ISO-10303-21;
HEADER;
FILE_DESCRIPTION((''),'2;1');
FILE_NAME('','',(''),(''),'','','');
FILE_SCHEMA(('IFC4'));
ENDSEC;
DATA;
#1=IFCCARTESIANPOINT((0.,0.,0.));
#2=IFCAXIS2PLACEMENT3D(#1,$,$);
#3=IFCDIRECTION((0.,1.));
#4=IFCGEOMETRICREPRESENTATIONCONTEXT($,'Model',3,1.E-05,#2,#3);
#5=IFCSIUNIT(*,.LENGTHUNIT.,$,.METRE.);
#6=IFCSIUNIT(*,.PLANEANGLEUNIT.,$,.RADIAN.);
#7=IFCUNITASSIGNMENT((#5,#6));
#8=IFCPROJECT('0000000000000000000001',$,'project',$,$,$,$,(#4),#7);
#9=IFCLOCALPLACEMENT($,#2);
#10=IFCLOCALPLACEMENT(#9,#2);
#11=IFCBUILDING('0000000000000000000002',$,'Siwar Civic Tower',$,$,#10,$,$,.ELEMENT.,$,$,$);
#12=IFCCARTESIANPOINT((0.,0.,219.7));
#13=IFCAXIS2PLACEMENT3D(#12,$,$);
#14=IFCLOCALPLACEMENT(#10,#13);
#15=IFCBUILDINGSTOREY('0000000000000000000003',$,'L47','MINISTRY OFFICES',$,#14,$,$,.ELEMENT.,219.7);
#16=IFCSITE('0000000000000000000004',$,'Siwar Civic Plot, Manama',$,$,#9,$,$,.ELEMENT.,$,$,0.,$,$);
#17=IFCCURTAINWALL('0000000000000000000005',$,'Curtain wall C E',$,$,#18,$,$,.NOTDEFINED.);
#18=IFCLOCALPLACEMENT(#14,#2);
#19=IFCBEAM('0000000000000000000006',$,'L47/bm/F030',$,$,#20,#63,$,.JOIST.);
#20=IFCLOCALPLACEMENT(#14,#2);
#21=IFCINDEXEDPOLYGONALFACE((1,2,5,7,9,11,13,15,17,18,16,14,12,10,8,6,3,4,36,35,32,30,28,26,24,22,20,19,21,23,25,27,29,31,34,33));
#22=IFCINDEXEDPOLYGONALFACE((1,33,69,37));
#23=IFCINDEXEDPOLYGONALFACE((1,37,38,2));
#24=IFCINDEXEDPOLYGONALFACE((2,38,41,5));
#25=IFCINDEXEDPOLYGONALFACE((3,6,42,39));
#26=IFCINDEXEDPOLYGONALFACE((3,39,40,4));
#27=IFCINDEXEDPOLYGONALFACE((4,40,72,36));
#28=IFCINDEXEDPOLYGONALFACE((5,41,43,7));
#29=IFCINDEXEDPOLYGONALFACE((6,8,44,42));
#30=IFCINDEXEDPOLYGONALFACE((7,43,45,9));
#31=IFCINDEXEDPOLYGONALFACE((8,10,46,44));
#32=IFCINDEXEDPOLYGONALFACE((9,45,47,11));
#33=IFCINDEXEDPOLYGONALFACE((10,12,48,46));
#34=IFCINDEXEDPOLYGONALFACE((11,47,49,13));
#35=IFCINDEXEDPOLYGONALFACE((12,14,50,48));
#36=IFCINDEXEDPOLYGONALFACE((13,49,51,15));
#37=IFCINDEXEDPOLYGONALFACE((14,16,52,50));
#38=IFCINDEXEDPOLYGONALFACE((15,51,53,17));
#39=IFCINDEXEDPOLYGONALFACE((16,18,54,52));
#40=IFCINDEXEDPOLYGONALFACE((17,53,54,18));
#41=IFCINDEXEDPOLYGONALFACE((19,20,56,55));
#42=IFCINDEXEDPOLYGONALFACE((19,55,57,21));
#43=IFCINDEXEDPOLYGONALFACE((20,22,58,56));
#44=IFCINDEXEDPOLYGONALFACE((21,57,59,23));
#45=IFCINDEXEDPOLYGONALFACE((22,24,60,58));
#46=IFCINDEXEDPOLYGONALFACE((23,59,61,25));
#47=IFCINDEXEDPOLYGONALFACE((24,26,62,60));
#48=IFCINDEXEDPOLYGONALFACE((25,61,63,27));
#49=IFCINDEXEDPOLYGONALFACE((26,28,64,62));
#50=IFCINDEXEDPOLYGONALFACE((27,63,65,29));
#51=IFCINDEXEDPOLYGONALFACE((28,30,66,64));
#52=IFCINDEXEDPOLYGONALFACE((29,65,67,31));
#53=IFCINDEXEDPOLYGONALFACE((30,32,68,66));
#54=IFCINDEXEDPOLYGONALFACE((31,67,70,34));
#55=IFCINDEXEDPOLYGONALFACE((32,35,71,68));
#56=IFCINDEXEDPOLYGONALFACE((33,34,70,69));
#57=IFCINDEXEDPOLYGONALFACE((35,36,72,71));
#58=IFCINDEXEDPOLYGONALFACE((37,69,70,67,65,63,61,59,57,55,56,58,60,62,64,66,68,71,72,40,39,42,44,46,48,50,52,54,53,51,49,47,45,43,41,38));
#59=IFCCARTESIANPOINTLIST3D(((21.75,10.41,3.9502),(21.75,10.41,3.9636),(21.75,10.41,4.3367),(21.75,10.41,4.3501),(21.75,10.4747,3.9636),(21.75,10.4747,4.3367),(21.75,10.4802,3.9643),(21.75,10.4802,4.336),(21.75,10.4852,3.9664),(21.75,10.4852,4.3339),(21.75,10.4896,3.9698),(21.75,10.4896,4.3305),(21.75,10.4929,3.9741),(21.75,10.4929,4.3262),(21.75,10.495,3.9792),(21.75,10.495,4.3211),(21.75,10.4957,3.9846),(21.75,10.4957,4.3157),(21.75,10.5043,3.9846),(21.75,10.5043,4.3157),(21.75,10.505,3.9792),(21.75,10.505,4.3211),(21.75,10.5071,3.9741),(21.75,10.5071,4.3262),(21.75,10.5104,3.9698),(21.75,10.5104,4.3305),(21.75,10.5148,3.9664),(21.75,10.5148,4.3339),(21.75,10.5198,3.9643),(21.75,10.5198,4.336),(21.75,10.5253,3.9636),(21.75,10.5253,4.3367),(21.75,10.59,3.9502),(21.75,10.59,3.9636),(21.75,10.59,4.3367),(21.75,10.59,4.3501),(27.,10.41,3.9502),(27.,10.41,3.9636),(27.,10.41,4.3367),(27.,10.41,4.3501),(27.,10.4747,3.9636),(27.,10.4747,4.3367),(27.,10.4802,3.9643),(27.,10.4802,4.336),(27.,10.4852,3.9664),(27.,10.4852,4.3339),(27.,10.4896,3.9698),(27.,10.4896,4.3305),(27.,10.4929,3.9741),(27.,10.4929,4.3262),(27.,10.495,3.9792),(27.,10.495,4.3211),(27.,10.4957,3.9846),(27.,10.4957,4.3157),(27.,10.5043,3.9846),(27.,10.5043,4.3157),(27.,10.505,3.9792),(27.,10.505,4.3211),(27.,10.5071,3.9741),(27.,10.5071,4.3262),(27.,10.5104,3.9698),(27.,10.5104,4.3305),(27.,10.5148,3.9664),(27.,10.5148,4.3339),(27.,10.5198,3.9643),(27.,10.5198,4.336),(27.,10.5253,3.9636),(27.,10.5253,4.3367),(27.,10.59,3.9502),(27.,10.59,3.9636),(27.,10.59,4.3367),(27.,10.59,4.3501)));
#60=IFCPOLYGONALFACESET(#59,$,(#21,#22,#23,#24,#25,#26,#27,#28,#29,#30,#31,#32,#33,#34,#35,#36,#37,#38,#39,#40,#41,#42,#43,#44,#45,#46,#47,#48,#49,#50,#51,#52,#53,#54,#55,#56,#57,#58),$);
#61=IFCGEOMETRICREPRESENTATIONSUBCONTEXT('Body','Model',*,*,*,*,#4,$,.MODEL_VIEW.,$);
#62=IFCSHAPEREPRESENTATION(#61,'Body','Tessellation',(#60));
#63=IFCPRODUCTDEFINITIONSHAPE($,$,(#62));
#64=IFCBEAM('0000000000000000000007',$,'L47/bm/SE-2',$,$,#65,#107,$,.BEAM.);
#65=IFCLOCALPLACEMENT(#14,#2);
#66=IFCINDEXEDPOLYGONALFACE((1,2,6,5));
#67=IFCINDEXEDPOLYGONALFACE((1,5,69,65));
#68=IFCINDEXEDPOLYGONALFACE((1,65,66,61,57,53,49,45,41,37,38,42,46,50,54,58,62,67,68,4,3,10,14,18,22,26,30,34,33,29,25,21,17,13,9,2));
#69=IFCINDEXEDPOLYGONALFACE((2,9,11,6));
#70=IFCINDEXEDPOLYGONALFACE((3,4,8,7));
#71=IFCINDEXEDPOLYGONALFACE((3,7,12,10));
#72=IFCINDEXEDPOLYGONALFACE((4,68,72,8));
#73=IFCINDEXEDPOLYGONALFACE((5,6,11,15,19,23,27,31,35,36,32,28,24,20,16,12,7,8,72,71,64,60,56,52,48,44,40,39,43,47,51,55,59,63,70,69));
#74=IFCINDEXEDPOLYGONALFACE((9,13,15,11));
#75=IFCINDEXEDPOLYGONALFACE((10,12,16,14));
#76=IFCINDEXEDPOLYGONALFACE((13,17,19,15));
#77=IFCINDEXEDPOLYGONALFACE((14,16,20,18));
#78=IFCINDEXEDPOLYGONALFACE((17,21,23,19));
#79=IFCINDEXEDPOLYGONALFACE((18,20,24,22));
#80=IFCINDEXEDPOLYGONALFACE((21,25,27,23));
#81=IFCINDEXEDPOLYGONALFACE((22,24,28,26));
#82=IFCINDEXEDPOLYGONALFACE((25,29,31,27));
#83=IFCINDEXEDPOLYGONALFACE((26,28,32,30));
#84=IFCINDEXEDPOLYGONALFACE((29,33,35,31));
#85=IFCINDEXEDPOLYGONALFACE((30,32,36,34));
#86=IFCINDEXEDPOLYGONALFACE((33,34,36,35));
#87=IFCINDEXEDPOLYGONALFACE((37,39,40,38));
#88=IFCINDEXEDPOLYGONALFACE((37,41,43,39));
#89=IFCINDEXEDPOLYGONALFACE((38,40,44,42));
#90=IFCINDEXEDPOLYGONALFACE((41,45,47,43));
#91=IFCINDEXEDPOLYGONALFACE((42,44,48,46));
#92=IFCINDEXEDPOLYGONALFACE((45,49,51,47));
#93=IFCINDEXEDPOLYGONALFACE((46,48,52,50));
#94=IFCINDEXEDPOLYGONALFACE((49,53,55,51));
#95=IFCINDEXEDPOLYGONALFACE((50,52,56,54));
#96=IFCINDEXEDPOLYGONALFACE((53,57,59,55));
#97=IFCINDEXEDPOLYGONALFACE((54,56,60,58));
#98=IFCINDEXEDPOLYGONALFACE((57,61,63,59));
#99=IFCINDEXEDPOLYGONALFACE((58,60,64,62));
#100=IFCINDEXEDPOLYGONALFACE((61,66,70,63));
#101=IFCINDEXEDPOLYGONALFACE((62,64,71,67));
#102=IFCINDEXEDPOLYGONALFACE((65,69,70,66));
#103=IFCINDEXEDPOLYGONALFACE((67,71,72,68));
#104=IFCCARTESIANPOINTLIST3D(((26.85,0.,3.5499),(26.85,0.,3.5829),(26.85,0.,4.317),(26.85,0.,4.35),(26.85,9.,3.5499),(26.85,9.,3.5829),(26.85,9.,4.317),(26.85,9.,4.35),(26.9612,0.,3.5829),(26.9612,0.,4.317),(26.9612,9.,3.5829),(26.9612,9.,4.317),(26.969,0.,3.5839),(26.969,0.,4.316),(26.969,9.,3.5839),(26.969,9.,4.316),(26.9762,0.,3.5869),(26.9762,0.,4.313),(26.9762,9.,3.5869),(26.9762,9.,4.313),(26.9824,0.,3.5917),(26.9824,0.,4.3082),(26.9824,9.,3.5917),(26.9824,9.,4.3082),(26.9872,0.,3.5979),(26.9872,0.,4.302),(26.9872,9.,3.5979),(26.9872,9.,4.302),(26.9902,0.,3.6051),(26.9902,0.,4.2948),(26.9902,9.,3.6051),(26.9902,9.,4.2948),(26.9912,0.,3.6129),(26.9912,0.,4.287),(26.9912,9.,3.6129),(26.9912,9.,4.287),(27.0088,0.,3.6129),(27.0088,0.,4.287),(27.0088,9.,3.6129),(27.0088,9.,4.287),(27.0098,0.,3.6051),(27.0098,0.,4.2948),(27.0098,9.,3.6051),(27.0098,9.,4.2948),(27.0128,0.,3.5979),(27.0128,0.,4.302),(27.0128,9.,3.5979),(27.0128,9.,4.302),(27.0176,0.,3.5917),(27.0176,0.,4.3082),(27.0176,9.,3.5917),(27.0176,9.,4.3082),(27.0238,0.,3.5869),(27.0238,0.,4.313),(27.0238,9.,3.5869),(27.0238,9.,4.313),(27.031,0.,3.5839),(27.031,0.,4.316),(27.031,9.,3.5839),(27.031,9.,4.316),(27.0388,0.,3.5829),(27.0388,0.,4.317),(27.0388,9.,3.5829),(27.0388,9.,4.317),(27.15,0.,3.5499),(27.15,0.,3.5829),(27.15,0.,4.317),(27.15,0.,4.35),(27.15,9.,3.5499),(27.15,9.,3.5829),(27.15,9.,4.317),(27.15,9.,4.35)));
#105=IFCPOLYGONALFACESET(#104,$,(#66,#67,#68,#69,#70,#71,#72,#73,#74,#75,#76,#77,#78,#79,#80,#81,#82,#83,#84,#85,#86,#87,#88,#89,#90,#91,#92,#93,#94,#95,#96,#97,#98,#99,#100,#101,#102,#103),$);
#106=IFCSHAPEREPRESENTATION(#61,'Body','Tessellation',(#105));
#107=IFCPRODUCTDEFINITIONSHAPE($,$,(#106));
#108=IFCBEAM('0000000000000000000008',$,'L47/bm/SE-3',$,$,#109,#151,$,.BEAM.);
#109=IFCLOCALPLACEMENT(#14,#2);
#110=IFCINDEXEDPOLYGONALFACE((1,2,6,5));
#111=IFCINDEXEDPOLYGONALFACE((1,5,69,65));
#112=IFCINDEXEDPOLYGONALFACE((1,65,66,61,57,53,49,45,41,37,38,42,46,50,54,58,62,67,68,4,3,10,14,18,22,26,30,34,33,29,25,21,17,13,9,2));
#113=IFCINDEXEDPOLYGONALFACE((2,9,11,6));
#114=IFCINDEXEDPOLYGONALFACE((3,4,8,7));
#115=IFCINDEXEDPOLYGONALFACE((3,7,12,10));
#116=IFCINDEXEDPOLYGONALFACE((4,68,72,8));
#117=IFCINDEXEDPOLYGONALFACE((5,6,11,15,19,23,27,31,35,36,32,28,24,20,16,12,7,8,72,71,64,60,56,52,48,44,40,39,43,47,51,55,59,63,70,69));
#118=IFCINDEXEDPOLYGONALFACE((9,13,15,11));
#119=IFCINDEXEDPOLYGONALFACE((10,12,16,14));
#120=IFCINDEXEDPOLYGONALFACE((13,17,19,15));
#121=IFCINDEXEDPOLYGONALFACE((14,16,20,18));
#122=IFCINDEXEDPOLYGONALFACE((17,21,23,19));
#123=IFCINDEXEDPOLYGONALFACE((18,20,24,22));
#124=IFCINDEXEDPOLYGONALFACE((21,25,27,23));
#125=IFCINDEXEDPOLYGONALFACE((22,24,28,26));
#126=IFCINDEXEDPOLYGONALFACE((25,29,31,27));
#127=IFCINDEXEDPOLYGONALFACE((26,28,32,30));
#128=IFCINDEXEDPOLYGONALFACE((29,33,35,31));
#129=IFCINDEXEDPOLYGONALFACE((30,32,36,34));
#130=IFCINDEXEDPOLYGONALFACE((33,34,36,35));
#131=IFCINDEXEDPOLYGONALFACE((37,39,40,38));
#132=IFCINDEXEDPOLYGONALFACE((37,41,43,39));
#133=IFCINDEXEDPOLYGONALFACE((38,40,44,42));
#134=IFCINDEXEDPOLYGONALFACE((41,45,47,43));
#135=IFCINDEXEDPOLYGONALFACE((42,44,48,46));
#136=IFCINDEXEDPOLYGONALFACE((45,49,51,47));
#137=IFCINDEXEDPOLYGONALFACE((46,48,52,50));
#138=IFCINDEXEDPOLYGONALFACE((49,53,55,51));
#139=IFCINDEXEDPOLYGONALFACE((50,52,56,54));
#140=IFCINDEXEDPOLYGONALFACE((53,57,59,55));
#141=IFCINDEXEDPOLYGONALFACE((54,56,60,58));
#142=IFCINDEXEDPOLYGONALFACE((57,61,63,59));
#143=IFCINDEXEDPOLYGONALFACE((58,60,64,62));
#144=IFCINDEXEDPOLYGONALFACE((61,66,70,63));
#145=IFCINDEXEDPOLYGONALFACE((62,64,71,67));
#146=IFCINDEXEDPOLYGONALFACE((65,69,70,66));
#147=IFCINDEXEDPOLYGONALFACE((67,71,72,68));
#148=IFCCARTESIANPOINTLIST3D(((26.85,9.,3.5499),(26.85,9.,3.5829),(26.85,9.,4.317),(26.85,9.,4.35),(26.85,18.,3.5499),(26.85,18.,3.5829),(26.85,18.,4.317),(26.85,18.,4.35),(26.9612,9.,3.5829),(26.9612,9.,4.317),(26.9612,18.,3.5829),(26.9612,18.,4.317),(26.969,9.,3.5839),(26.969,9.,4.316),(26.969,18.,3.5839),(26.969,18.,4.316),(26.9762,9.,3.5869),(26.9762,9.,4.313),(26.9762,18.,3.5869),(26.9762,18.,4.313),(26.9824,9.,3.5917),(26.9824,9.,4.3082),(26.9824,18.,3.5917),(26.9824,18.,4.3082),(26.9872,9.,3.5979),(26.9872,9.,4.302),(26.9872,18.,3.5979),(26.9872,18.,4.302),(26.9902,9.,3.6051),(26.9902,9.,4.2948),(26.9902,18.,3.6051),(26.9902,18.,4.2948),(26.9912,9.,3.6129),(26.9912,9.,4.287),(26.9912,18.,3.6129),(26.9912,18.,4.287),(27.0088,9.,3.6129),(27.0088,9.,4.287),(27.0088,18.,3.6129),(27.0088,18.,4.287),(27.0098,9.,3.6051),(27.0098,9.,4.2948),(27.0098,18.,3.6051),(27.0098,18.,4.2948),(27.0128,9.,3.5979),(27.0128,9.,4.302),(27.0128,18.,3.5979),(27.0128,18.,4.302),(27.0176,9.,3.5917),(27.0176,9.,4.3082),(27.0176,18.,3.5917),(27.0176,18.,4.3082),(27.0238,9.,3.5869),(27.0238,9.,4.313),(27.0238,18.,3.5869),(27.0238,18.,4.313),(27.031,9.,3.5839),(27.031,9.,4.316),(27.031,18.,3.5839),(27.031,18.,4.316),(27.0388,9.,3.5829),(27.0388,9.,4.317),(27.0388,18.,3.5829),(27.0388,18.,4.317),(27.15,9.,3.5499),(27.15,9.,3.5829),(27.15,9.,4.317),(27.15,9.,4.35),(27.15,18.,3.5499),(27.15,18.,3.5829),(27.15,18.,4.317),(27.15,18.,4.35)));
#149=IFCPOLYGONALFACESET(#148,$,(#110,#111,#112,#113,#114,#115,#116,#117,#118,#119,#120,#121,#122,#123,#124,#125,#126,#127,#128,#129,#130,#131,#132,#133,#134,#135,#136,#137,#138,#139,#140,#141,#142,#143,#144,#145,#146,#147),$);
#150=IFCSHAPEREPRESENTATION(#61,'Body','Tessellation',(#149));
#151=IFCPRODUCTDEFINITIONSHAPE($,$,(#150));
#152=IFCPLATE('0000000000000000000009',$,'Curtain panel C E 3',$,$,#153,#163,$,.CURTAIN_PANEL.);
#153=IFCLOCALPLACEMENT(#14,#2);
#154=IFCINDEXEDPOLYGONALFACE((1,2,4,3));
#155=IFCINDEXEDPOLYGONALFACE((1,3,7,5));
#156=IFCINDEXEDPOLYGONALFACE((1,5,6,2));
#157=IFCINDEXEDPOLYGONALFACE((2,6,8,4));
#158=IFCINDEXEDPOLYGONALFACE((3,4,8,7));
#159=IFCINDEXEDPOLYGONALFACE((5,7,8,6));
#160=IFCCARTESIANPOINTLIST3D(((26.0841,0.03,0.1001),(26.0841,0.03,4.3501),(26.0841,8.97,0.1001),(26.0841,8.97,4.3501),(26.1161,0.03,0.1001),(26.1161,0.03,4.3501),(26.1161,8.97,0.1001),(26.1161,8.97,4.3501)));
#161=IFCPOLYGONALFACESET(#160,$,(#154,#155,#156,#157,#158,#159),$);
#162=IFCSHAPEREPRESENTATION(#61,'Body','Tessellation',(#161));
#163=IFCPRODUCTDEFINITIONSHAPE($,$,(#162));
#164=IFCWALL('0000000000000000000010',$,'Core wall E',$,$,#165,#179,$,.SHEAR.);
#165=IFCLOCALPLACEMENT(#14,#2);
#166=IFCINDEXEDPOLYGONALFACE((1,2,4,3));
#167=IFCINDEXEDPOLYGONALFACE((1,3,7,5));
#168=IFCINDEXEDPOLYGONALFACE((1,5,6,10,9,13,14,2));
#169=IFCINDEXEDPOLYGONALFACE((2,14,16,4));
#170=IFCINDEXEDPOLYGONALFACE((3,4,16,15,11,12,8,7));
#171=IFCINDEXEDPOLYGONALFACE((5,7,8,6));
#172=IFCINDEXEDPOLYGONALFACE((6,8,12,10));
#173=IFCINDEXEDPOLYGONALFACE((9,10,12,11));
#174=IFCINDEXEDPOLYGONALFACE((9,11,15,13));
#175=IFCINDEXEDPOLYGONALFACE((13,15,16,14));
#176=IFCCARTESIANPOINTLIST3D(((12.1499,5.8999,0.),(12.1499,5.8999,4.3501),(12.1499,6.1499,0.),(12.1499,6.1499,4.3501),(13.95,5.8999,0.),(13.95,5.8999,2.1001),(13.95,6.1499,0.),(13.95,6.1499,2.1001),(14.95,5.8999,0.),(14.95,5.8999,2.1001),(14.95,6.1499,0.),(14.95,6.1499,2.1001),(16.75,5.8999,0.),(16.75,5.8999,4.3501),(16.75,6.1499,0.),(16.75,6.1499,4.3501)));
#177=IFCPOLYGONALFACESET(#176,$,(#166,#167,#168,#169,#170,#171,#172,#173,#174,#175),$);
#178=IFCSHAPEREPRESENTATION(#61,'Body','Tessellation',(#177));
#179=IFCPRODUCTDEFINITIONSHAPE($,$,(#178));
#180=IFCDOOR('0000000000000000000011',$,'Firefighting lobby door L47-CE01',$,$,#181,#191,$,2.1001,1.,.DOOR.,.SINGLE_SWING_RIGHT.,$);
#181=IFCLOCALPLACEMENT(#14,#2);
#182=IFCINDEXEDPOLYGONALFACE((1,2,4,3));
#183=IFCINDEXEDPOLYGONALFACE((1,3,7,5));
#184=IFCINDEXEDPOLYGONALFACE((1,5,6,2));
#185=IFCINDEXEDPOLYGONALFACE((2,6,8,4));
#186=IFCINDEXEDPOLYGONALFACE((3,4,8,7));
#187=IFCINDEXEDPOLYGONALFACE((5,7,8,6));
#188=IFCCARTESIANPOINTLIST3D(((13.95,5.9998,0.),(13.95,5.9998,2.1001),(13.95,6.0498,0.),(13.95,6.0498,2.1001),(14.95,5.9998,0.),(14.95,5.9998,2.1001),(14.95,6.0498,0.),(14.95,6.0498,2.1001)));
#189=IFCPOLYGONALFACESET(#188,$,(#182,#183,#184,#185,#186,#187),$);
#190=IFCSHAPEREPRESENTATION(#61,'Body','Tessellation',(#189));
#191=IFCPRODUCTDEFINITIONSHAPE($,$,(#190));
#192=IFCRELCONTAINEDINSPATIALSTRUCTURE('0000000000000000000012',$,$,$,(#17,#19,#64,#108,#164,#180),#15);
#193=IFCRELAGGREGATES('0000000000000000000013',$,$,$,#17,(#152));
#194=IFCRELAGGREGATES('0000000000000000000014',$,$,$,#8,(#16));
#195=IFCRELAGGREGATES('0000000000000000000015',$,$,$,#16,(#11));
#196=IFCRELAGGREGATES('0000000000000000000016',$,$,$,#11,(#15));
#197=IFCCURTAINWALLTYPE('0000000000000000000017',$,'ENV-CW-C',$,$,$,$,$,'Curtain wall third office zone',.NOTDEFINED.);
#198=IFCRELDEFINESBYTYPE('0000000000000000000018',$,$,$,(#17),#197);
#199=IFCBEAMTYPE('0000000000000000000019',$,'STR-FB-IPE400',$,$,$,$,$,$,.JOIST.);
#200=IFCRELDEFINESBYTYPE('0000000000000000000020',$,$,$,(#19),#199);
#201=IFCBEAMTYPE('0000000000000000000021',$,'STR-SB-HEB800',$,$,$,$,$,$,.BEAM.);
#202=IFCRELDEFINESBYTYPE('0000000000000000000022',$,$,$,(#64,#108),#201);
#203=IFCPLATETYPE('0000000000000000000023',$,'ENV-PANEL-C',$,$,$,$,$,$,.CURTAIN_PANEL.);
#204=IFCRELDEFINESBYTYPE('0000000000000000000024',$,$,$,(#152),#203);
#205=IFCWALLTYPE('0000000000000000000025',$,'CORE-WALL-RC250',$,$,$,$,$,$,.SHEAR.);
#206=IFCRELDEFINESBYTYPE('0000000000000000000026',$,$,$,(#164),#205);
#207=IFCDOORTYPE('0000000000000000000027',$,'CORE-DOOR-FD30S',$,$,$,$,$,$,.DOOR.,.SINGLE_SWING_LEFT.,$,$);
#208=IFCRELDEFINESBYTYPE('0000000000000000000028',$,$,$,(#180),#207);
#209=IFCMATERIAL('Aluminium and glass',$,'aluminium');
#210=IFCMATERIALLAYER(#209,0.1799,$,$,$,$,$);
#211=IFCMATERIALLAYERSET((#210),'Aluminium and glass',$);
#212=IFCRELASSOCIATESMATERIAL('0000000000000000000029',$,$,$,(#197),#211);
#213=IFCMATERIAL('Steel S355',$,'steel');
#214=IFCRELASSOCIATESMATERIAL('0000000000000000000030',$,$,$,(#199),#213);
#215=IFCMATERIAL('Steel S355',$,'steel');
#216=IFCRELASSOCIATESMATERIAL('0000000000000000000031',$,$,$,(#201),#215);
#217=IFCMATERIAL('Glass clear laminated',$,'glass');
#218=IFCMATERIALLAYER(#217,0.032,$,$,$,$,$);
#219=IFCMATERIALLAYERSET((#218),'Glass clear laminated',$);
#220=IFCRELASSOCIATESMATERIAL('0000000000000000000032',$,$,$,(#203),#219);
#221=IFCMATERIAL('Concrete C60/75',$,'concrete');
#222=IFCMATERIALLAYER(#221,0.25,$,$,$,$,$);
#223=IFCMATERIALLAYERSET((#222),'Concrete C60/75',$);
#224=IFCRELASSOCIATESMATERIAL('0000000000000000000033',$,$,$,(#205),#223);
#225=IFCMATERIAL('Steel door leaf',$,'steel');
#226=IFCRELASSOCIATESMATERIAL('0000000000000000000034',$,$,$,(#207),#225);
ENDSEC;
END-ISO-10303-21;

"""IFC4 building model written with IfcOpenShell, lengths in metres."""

from ifc_helpers import new_model, si_unit, direction, frame, frame_2d, origin, origin_2d, place, context, subcontext, project, spatial, rectangle, i_section, extrude, material, layer, layer_set, material_profile, profile_set, type_object, element, fill, aggregate, save


model = new_model("IFC4")

# Units and contexts
model_context = context("Model", 3, precision=1e-05, world=origin(), true_north=direction((0.0, 1.0)))
body_context = subcontext(model_context, "Body", "Model", "MODEL_VIEW")
ifc_project = project(units=[si_unit("LENGTHUNIT", "METRE"), si_unit("PLANEANGLEUNIT", "RADIAN")], contexts=[model_context])

# Site, building, storey
site_placement = place(None, origin())
site = spatial("IfcSite", under=ifc_project, at=site_placement, Name="Siwar Civic Plot, Manama", CompositionType="ELEMENT", RefElevation=0.0)
building_placement = place(site_placement, origin())
building = spatial("IfcBuilding", under=site, at=building_placement, Name="Siwar Civic Tower", CompositionType="ELEMENT")
storey_placement = place(building_placement, frame((0.0, 0.0, 219.7)))
storey = spatial("IfcBuildingStorey", under=building, at=storey_placement, Name="L47", Description="MINISTRY OFFICES", CompositionType="ELEMENT", Elevation=219.7)

# Curtain wall
ifc_material_1 = material(Name="Aluminium and glass", Category="aluminium")
ifc_layer_1 = layer(ifc_material_1, 0.1799)
ifc_layer_set_1 = layer_set([ifc_layer_1], Name="Aluminium and glass")
curtain_wall_type = type_object("IfcCurtainWallType", Name="ENV-CW-C", ElementType="Curtain wall third office zone", PredefinedType="NOTDEFINED", material=ifc_layer_set_1)
curtain_wall_placement = place(storey_placement, origin())
curtain_wall = element("IfcCurtainWall", 1, at=curtain_wall_placement, inside=storey, type_object=curtain_wall_type, Name="Curtain wall C E", PredefinedType="NOTDEFINED")

# Beams
ifc_material_2 = material(Name="Steel S355", Category="steel")
ifc_material_profile_1 = material_profile(ifc_material_2, i_section(OverallWidth=0.1799, OverallDepth=0.3999, WebThickness=0.0085, FlangeThickness=0.0134, FilletRadius=0.021, at=origin_2d()), Name="IPE400")
ifc_profile_set_1 = profile_set([ifc_material_profile_1], Name="Steel S355")
beam_type_1 = type_object("IfcBeamType", Name="STR-FB-IPE400", PredefinedType="JOIST", material=ifc_profile_set_1)
for number, where, z_axis, x_axis, name in (
    (2, (21.75, 10.5, 4.1501), (1.0, 0.0, 0.0), (0.0, 1.0, 0.0), "L47/bm/F030"),
):
    element("IfcBeam", number, at=place(storey_placement, frame(where, z_axis=z_axis, x_axis=x_axis)), inside=storey, type_object=beam_type_1, Name=name, PredefinedType="JOIST", context=body_context, shape_type="SweptSolid", body=[
        extrude(i_section(OverallWidth=0.1799, OverallDepth=0.3999, WebThickness=0.0085, FlangeThickness=0.0134, FilletRadius=0.021, at=origin_2d()), origin(), (0.0, 0.0, 1.0), 5.25),
    ])
ifc_material_3 = material(Name="Steel S355", Category="steel")
ifc_material_profile_2 = material_profile(ifc_material_3, i_section(OverallWidth=0.3, OverallDepth=0.8, WebThickness=0.0176, FlangeThickness=0.033, FilletRadius=0.03, at=origin_2d()), Name="HEB800")
ifc_profile_set_2 = profile_set([ifc_material_profile_2], Name="Steel S355")
beam_type_2 = type_object("IfcBeamType", Name="STR-SB-HEB800", PredefinedType="BEAM", material=ifc_profile_set_2)
for number, where, z_axis, x_axis, name in (
    (3, (27.0, 0.0, 3.95), (0.0, 1.0, 0.0), (-1.0, 0.0, 0.0), "L47/bm/SE-2"),
    (4, (27.0, 9.0, 3.95), (0.0, 1.0, 0.0), (-1.0, 0.0, 0.0), "L47/bm/SE-3"),
):
    element("IfcBeam", number, at=place(storey_placement, frame(where, z_axis=z_axis, x_axis=x_axis)), inside=storey, type_object=beam_type_2, Name=name, PredefinedType="BEAM", context=body_context, shape_type="SweptSolid", body=[
        extrude(i_section(OverallWidth=0.3, OverallDepth=0.8, WebThickness=0.0176, FlangeThickness=0.033, FilletRadius=0.03, at=origin_2d()), origin(), (0.0, 0.0, 1.0), 9.0),
    ])

# Plate
ifc_material_4 = material(Name="Glass clear laminated", Category="glass")
ifc_layer_2 = layer(ifc_material_4, 0.032)
ifc_layer_set_2 = layer_set([ifc_layer_2], Name="Glass clear laminated")
plate_type = type_object("IfcPlateType", Name="ENV-PANEL-C", PredefinedType="CURTAIN_PANEL", material=ifc_layer_set_2)
plate_placement = place(storey_placement, frame((26.1001, 4.5, 0.1001), z_axis=(0.0, 0.0, 1.0), x_axis=(0.0, 1.0, 0.0)))
plate = element("IfcPlate", 5, at=plate_placement, type_object=plate_type, Name="Curtain panel C E 3", PredefinedType="CURTAIN_PANEL", context=body_context, shape_type="SweptSolid", body=[
    extrude(rectangle(XDim=8.9399, YDim=0.032, at=origin_2d()), origin(), (0.0, 0.0, 1.0), 4.25),
])
aggregate(curtain_wall, [plate])

# Wall, opening, door
ifc_material_5 = material(Name="Concrete C60/75", Category="concrete")
ifc_layer_3 = layer(ifc_material_5, 0.25)
ifc_layer_set_3 = layer_set([ifc_layer_3], Name="Concrete C60/75")
wall_type_1 = type_object("IfcWallType", Name="CORE-WALL-RC250", PredefinedType="SHEAR", material=ifc_layer_set_3)
wall_1_placement = place(storey_placement, frame((12.1499, 6.0249, 0.0), z_axis=(0.0, 0.0, 1.0), x_axis=(1.0, 0.0, 0.0)))
wall_1 = element("IfcWall", 6, at=wall_1_placement, inside=storey, type_object=wall_type_1, Name="Core wall E", PredefinedType="SHEAR", context=body_context, shape_type="SweptSolid", body=[
    extrude(rectangle(XDim=4.6001, YDim=0.25, at=frame_2d((2.3, 0.0))), origin(), (0.0, 0.0, 1.0), 4.3501),
])
opening_1_placement = place(wall_1_placement, frame((1.8, 0.0, 0.0)))
opening_1 = element("IfcOpeningElement", 7, at=opening_1_placement, cuts=wall_1, PredefinedType="OPENING", context=body_context, shape_type="SweptSolid", body=[
    extrude(rectangle(XDim=1.0, YDim=2.1001, at=frame_2d((0.5, 1.05))), frame((0.0, 0.135, 0.0), z_axis=(0.0, -1.0, 0.0), x_axis=(1.0, 0.0, 0.0)), (0.0, 0.0, 1.0), 0.27),
])
ifc_material_6 = material(Name="Steel door leaf", Category="steel")
door_type_1 = type_object("IfcDoorType", Name="CORE-DOOR-FD30S", OperationType="SINGLE_SWING_LEFT", PredefinedType="DOOR", material=ifc_material_6)
door_1_placement = place(opening_1_placement, origin())
door_1 = element("IfcDoor", 8, at=door_1_placement, inside=storey, type_object=door_type_1, Name="Firefighting lobby door L47-CE01", OperationType="SINGLE_SWING_RIGHT", OverallHeight=2.1001, OverallWidth=1.0, PredefinedType="DOOR", context=body_context, shape_type="SweptSolid", body=[
    extrude(rectangle(XDim=1.0, YDim=2.1001, at=frame_2d((0.5, 1.05))), frame((0.0, 0.0249, 0.0), z_axis=(0.0, -1.0, 0.0), x_axis=(1.0, 0.0, 0.0)), (0.0, 0.0, 1.0), 0.05),
])
fill(opening_1, door_1)

save(model, "model.ifc")
